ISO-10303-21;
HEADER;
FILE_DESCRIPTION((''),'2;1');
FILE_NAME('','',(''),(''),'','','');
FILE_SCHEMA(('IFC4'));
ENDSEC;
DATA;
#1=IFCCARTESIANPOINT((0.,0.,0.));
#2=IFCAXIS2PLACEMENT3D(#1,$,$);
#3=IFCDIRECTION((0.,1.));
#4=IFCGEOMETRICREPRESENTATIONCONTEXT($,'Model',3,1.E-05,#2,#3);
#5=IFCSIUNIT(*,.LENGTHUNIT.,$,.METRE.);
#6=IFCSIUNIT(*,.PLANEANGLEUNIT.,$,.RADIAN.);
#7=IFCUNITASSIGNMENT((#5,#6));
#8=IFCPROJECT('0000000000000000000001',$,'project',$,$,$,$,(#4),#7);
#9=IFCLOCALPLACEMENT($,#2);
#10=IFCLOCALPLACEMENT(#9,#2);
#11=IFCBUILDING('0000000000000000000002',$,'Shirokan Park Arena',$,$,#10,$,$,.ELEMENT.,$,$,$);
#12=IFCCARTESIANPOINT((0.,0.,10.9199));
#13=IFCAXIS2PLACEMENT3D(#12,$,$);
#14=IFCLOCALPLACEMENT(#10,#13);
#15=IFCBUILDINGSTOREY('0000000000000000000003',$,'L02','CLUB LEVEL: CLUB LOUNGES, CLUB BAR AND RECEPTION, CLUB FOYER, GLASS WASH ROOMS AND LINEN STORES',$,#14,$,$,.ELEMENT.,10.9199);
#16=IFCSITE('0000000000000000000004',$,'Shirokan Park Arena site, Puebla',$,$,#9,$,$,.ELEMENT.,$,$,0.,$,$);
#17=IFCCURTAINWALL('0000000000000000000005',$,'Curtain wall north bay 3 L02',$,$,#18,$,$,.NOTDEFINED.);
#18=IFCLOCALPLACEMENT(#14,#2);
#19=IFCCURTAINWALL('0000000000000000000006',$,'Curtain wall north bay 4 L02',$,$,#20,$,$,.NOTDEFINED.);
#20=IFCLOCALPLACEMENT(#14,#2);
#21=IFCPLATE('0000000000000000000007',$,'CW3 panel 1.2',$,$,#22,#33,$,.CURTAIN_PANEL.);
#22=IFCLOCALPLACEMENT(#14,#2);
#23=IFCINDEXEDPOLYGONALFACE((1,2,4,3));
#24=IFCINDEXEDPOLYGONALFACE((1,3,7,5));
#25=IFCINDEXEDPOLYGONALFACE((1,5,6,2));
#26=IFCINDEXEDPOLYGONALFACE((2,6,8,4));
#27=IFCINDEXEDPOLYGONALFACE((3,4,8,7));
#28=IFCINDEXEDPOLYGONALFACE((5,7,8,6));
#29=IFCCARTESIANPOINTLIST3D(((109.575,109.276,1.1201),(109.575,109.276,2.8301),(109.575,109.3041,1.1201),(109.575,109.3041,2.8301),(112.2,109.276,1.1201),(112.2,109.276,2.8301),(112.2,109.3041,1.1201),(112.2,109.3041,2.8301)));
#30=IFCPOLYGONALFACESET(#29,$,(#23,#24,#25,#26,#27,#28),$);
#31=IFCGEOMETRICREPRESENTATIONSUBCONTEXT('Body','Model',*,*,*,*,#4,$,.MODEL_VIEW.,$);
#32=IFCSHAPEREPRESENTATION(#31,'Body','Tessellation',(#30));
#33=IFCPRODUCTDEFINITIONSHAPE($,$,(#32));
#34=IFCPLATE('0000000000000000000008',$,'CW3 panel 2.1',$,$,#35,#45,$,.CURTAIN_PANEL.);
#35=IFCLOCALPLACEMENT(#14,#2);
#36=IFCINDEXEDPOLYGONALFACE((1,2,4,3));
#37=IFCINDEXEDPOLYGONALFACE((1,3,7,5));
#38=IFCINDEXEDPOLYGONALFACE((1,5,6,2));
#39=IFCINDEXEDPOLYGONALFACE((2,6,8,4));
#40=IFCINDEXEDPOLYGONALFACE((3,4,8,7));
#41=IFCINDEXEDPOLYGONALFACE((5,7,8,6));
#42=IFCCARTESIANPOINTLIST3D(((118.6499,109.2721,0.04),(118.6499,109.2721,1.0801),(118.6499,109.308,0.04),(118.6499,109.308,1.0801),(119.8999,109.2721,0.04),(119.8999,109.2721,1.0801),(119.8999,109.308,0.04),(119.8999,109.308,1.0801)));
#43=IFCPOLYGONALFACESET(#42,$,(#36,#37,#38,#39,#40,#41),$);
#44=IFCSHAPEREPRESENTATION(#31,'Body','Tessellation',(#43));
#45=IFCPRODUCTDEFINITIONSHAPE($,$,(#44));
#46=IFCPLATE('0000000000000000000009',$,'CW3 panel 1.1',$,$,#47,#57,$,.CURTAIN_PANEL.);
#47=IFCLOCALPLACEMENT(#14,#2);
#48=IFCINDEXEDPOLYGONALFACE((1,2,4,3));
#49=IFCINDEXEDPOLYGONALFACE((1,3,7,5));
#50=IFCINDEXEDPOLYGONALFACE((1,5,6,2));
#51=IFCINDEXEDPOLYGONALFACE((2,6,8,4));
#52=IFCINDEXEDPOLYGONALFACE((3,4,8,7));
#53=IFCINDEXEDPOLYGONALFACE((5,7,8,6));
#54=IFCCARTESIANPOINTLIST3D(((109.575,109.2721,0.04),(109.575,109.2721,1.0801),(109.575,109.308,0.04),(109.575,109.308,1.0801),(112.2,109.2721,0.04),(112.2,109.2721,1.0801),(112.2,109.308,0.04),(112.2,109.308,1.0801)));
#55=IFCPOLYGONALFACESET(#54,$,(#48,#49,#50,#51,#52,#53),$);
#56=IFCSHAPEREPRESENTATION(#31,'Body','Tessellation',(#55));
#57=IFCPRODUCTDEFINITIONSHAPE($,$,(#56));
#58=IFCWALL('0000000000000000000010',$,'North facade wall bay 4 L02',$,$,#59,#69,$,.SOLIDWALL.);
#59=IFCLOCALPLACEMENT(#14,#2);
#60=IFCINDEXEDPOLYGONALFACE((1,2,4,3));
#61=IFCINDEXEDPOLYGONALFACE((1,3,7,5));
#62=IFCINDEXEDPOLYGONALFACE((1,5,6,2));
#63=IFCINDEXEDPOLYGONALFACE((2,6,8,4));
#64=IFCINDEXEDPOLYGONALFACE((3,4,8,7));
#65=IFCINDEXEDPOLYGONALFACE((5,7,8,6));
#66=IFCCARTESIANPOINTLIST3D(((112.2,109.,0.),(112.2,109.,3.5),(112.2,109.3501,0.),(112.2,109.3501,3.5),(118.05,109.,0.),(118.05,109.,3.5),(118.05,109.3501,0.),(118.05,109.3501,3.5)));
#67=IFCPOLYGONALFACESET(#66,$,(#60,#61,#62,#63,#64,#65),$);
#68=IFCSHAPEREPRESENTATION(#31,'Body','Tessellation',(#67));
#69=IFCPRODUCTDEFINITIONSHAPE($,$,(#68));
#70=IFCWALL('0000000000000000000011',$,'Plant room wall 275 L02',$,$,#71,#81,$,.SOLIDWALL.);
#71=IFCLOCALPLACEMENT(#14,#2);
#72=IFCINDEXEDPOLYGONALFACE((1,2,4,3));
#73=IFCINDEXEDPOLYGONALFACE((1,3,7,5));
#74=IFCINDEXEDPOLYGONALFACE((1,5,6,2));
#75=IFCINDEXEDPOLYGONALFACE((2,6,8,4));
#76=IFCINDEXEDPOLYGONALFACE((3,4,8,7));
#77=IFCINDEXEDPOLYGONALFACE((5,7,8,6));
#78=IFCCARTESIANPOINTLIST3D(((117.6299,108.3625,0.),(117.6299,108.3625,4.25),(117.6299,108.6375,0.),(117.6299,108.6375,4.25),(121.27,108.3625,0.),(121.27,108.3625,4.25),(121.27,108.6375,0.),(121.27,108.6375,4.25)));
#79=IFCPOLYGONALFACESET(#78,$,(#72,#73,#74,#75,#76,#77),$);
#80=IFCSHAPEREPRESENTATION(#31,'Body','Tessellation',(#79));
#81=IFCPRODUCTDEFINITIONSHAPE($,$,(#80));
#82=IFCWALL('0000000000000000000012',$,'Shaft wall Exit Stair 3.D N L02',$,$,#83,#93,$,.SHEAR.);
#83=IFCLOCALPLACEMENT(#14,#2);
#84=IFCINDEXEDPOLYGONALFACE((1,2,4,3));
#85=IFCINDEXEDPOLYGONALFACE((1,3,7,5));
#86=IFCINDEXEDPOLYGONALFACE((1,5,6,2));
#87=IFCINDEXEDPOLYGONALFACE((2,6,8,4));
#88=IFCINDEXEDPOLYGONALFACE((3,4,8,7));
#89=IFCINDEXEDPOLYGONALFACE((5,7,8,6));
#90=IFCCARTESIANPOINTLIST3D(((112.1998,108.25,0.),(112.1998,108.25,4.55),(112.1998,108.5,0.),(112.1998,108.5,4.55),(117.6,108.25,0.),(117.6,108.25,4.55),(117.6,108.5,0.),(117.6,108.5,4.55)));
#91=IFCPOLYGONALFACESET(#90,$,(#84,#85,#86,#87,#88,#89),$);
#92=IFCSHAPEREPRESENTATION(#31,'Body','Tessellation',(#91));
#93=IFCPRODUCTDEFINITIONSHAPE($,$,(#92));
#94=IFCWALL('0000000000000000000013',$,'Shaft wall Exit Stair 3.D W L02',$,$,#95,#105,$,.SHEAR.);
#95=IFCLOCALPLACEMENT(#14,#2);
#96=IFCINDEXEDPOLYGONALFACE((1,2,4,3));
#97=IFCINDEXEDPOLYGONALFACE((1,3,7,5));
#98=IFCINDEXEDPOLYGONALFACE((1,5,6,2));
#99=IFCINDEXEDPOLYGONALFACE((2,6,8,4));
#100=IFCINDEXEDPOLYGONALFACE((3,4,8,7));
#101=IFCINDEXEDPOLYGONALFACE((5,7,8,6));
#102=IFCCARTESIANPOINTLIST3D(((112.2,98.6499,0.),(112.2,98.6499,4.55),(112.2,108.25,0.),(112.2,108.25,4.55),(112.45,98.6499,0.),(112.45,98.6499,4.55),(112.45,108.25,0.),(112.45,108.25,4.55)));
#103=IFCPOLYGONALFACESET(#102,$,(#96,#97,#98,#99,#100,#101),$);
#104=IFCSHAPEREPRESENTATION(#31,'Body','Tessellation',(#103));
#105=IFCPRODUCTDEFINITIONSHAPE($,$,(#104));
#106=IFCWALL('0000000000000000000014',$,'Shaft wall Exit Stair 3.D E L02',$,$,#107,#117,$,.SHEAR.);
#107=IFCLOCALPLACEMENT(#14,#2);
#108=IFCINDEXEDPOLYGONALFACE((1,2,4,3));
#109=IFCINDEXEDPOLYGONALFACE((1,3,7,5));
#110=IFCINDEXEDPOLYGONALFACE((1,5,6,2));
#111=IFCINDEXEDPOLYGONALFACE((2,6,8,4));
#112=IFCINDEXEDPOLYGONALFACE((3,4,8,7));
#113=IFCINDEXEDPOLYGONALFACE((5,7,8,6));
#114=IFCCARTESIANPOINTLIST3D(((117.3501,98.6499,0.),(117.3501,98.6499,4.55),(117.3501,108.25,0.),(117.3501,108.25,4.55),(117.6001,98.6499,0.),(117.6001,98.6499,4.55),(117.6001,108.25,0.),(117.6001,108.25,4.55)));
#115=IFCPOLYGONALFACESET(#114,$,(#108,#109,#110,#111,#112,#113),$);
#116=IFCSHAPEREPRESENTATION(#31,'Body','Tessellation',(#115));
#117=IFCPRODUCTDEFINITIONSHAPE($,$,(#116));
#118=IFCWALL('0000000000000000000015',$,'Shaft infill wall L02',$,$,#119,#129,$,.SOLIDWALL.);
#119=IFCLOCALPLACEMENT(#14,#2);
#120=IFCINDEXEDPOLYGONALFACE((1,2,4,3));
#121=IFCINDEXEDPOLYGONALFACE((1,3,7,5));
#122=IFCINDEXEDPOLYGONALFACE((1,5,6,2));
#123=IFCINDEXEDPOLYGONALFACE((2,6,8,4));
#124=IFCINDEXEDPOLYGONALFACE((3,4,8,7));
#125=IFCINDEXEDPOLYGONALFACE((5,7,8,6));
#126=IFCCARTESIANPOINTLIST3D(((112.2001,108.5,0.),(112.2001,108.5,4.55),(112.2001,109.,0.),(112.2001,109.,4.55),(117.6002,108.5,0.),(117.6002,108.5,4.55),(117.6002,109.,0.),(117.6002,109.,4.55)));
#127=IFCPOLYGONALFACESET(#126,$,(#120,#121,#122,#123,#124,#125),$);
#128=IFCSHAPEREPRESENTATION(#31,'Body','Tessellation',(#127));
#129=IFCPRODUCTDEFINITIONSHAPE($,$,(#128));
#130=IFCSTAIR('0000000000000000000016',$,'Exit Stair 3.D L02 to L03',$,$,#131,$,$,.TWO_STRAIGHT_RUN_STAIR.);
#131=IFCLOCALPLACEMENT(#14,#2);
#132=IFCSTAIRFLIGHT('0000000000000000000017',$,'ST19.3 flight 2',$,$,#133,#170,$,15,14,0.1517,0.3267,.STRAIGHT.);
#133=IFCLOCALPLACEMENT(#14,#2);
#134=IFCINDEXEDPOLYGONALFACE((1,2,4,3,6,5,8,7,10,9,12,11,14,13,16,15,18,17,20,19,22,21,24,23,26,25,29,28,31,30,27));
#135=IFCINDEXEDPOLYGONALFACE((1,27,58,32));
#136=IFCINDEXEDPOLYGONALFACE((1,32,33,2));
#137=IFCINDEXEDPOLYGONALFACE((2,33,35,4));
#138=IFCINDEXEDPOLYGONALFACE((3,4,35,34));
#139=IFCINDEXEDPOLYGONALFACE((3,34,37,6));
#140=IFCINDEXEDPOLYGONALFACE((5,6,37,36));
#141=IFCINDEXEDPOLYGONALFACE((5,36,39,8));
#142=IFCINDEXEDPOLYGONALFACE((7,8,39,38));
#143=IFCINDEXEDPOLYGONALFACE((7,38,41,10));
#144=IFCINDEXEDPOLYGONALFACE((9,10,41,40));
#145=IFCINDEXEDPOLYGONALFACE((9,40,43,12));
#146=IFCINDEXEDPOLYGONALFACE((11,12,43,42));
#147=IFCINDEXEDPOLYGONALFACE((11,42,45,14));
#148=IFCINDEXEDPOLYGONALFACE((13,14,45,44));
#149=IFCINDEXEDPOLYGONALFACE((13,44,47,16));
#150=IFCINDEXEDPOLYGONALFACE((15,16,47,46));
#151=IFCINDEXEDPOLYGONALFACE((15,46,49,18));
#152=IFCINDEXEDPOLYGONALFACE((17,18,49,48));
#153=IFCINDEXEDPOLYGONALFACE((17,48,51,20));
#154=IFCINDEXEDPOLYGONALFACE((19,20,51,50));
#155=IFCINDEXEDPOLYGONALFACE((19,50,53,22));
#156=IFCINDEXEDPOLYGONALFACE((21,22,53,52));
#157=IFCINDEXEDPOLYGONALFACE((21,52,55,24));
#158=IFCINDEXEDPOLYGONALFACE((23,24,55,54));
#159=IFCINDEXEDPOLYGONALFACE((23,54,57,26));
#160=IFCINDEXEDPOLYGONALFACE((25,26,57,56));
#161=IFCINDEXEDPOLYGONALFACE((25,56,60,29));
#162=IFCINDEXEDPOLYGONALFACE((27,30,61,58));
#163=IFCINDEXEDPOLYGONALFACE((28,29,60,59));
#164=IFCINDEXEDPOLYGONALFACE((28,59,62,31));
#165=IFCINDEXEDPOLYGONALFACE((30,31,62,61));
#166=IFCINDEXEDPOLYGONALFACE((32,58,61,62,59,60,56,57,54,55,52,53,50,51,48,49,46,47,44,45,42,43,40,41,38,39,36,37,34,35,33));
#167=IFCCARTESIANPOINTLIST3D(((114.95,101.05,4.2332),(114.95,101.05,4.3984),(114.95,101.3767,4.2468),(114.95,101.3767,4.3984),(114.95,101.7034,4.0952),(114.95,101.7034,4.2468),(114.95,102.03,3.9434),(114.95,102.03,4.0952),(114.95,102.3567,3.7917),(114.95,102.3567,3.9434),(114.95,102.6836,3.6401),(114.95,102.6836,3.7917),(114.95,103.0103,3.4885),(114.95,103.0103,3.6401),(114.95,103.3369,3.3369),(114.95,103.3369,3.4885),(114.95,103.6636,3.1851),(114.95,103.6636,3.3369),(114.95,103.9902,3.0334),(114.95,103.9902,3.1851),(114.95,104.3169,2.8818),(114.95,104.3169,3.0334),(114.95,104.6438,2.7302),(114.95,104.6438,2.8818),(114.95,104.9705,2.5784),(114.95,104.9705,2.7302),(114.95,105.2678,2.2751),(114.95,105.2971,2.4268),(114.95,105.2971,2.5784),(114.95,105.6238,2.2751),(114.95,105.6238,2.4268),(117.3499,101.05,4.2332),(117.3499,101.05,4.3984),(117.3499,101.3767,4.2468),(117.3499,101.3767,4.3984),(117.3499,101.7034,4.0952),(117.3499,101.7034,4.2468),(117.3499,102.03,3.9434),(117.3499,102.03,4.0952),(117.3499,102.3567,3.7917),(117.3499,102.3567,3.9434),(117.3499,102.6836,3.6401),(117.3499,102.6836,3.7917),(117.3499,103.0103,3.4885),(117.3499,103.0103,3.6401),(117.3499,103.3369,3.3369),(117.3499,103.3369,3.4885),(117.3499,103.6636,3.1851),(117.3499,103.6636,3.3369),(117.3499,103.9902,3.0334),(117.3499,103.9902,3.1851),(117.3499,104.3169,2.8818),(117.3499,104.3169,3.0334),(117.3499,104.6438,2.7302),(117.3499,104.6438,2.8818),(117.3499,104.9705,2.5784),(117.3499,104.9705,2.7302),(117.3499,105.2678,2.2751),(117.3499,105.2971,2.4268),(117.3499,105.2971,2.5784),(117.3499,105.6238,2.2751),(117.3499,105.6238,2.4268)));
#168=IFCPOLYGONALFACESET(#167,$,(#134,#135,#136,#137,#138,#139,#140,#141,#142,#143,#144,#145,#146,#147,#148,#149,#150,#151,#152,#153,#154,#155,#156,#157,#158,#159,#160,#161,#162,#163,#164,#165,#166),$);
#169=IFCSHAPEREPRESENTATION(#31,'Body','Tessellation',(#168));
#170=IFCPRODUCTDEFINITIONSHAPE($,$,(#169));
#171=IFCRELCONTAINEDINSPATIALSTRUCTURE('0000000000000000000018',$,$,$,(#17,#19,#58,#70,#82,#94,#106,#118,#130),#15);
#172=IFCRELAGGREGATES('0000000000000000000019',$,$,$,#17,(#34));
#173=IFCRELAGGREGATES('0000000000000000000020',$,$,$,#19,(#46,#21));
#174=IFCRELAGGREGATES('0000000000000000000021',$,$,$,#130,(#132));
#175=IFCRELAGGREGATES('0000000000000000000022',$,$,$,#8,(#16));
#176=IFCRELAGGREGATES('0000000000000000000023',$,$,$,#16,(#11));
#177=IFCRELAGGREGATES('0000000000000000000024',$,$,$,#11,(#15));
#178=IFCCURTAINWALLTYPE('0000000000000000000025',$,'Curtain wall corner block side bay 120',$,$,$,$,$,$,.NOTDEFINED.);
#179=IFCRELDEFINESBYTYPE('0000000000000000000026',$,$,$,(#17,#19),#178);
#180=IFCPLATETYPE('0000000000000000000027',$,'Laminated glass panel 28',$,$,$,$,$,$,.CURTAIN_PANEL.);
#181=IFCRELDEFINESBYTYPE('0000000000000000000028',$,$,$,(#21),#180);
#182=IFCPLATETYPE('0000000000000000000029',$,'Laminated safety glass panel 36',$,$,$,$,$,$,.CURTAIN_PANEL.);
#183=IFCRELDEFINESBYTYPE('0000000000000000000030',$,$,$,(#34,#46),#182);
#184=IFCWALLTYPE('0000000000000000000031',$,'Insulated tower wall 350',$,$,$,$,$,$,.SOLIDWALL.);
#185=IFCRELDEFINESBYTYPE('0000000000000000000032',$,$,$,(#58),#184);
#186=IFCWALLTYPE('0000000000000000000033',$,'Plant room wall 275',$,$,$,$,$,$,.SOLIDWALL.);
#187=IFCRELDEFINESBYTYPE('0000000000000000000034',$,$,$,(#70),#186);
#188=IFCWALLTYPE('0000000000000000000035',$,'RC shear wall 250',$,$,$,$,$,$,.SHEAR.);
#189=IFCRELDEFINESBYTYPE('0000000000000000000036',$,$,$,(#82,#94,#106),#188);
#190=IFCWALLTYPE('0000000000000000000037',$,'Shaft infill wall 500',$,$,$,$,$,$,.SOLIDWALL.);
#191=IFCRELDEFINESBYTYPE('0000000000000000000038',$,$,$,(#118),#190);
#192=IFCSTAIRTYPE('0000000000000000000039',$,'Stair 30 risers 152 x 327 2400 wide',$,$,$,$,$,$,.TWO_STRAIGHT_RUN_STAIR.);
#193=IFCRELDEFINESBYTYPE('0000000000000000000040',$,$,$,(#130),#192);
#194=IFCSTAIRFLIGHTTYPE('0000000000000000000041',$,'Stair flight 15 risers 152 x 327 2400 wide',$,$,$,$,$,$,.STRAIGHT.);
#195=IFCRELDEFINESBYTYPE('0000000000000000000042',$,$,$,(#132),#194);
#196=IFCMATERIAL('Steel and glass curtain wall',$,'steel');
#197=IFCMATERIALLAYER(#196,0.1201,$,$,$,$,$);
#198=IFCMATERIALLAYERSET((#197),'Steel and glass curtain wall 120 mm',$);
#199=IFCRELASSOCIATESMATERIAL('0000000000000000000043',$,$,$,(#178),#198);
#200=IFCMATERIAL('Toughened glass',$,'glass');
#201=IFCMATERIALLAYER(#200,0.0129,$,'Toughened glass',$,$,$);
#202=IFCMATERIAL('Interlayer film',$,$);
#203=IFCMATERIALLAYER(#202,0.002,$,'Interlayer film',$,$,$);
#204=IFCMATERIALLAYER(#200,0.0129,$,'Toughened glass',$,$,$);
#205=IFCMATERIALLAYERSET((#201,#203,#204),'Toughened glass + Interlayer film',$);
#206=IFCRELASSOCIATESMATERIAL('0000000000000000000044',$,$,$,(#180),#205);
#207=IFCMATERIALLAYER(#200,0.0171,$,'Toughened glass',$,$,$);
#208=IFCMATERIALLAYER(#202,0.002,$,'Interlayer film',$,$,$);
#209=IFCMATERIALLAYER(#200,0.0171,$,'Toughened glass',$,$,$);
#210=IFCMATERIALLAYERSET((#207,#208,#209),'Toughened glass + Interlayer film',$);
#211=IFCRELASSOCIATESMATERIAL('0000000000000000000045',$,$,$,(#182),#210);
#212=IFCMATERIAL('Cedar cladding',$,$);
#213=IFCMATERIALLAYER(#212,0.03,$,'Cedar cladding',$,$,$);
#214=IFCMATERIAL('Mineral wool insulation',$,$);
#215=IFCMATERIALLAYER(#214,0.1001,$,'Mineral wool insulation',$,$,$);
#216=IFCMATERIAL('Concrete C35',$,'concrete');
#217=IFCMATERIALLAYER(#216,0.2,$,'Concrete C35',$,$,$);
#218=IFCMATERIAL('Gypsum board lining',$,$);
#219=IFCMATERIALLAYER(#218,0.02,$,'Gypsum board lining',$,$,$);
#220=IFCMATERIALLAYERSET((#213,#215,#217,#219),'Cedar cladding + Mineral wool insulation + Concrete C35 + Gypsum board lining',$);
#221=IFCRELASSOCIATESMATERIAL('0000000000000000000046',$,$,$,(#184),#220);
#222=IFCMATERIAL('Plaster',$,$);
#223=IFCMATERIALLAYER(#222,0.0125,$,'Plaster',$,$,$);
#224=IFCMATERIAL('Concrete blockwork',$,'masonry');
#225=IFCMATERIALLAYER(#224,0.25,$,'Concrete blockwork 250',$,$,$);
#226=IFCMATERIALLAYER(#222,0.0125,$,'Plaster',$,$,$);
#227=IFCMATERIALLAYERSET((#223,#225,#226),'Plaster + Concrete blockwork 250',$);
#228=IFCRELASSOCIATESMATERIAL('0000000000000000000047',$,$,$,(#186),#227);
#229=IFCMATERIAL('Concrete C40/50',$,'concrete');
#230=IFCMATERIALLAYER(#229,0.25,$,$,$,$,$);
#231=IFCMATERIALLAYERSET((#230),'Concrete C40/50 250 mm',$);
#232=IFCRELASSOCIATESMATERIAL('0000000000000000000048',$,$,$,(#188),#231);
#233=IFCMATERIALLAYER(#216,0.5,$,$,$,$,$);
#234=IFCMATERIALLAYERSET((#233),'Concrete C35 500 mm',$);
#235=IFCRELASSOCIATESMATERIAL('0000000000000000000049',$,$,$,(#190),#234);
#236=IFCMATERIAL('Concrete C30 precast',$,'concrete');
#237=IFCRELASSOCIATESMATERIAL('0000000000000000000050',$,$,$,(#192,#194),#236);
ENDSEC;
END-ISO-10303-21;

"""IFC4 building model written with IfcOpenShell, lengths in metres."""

from ifc_helpers import new_model, si_unit, direction, frame, frame_2d, origin, origin_2d, place, context, subcontext, project, spatial, polyline, rectangle, outline, extrude, material, layer, layer_set, type_object, element, aggregate, save


model = new_model("IFC4")

# Units and contexts
model_context = context("Model", 3, precision=1e-05, world=origin(), true_north=direction((0.0, 1.0)))
body_context = subcontext(model_context, "Body", "Model", "MODEL_VIEW")
ifc_project = project(units=[si_unit("LENGTHUNIT", "METRE"), si_unit("PLANEANGLEUNIT", "RADIAN")], contexts=[model_context])

# Site, building, storey
site_placement = place(None, origin())
site = spatial("IfcSite", under=ifc_project, at=site_placement, Name="Shirokan Park Arena site, Puebla", CompositionType="ELEMENT", RefElevation=0.0)
building_placement = place(site_placement, origin())
building = spatial("IfcBuilding", under=site, at=building_placement, Name="Shirokan Park Arena", CompositionType="ELEMENT")
storey_placement = place(building_placement, frame((0.0, 0.0, 10.9199)))
storey = spatial("IfcBuildingStorey", under=building, at=storey_placement, Name="L02", Description="CLUB LEVEL: CLUB LOUNGES, CLUB BAR AND RECEPTION, CLUB FOYER, GLASS WASH ROOMS AND LINEN STORES", CompositionType="ELEMENT", Elevation=10.9199)

# Shared definitions
ifc_material_1 = material(Name="Concrete C35", Category="concrete")

# Curtain walls
ifc_material_2 = material(Name="Steel and glass curtain wall", Category="steel")
ifc_layer_1 = layer(ifc_material_2, 0.1201)
ifc_layer_set_1 = layer_set([ifc_layer_1], Name="Steel and glass curtain wall 120 mm")
curtain_wall_type = type_object("IfcCurtainWallType", Name="Curtain wall corner block side bay 120", PredefinedType="NOTDEFINED", material=ifc_layer_set_1)
curtain_wall_1_placement = place(storey_placement, origin())
curtain_wall_1 = element("IfcCurtainWall", 1, at=curtain_wall_1_placement, inside=storey, type_object=curtain_wall_type, Name="Curtain wall north bay 3 L02", PredefinedType="NOTDEFINED")
curtain_wall_2_placement = place(storey_placement, origin())
curtain_wall_2 = element("IfcCurtainWall", 2, at=curtain_wall_2_placement, inside=storey, type_object=curtain_wall_type, Name="Curtain wall north bay 4 L02", PredefinedType="NOTDEFINED")

# Plates
ifc_material_3 = material(Name="Mineral wool insulation")
ifc_material_4 = material(Name="Toughened glass", Category="glass")
ifc_layer_2 = layer(ifc_material_4, 0.0129, Name="Toughened glass")
ifc_material_5 = material(Name="Interlayer film")
ifc_layer_3 = layer(ifc_material_5, 0.002, Name="Interlayer film")
ifc_layer_4 = layer(ifc_material_4, 0.0129, Name="Toughened glass")
ifc_layer_set_2 = layer_set([ifc_layer_2, ifc_layer_3, ifc_layer_4], Name="Toughened glass + Interlayer film")
plate_type_1 = type_object("IfcPlateType", Name="Laminated glass panel 28", PredefinedType="CURTAIN_PANEL", material=ifc_layer_set_2)
plate_1_placement = place(storey_placement, frame((110.8875, 109.29, 1.1201), z_axis=(0.0, 0.0, 1.0), x_axis=(-1.0, 0.0, 0.0)))
plate_1 = element("IfcPlate", 3, at=plate_1_placement, type_object=plate_type_1, Name="CW3 panel 1.2", PredefinedType="CURTAIN_PANEL", context=body_context, shape_type="SweptSolid", body=[
    extrude(rectangle(XDim=2.625, YDim=0.0281, at=origin_2d()), origin(), (0.0, 0.0, 1.0), 1.71),
])
ifc_layer_5 = layer(ifc_material_4, 0.0171, Name="Toughened glass")
ifc_layer_6 = layer(ifc_material_5, 0.002, Name="Interlayer film")
ifc_layer_7 = layer(ifc_material_4, 0.0171, Name="Toughened glass")
ifc_layer_set_3 = layer_set([ifc_layer_5, ifc_layer_6, ifc_layer_7], Name="Toughened glass + Interlayer film")
plate_type_2 = type_object("IfcPlateType", Name="Laminated safety glass panel 36", PredefinedType="CURTAIN_PANEL", material=ifc_layer_set_3)
plate_2_placement = place(storey_placement, frame((119.2749, 109.29, 0.04), z_axis=(0.0, 0.0, 1.0), x_axis=(-1.0, 0.0, 0.0)))
plate_2 = element("IfcPlate", 4, at=plate_2_placement, type_object=plate_type_2, Name="CW3 panel 2.1", PredefinedType="CURTAIN_PANEL", context=body_context, shape_type="SweptSolid", body=[
    extrude(rectangle(XDim=1.25, YDim=0.0359, at=origin_2d()), origin(), (0.0, 0.0, 1.0), 1.04),
])
aggregate(curtain_wall_1, [plate_2])
plate_3_placement = place(storey_placement, frame((110.8875, 109.29, 0.04), z_axis=(0.0, 0.0, 1.0), x_axis=(-1.0, 0.0, 0.0)))
plate_3 = element("IfcPlate", 5, at=plate_3_placement, type_object=plate_type_2, Name="CW3 panel 1.1", PredefinedType="CURTAIN_PANEL", context=body_context, shape_type="SweptSolid", body=[
    extrude(rectangle(XDim=2.625, YDim=0.0359, at=origin_2d()), origin(), (0.0, 0.0, 1.0), 1.04),
])
aggregate(curtain_wall_2, [plate_3, plate_1])

# Walls
ifc_material_6 = material(Name="Cedar cladding")
ifc_layer_8 = layer(ifc_material_6, 0.03, Name="Cedar cladding")
ifc_layer_9 = layer(ifc_material_3, 0.1001, Name="Mineral wool insulation")
ifc_layer_10 = layer(ifc_material_1, 0.2, Name="Concrete C35")
ifc_material_7 = material(Name="Gypsum board lining")
ifc_layer_11 = layer(ifc_material_7, 0.02, Name="Gypsum board lining")
ifc_layer_set_4 = layer_set([ifc_layer_8, ifc_layer_9, ifc_layer_10, ifc_layer_11], Name="Cedar cladding + Mineral wool insulation + Concrete C35 + Gypsum board lining")
wall_type_1 = type_object("IfcWallType", Name="Insulated tower wall 350", PredefinedType="SOLIDWALL", material=ifc_layer_set_4)
wall_1_placement = place(storey_placement, frame((118.05, 109.175, 0.0), z_axis=(0.0, 0.0, 1.0), x_axis=(-1.0, 0.0, 0.0)))
element("IfcWall", 6, at=wall_1_placement, inside=storey, type_object=wall_type_1, Name="North facade wall bay 4 L02", PredefinedType="SOLIDWALL", context=body_context, shape_type="SweptSolid", body=[
    extrude(rectangle(XDim=5.8501, YDim=0.3501, at=frame_2d((2.925, 0.0))), origin(), (0.0, 0.0, 1.0), 3.5),
])
ifc_material_8 = material(Name="Plaster")
ifc_layer_12 = layer(ifc_material_8, 0.0125, Name="Plaster")
ifc_material_9 = material(Name="Concrete blockwork", Category="masonry")
ifc_layer_13 = layer(ifc_material_9, 0.25, Name="Concrete blockwork 250")
ifc_layer_14 = layer(ifc_material_8, 0.0125, Name="Plaster")
ifc_layer_set_5 = layer_set([ifc_layer_12, ifc_layer_13, ifc_layer_14], Name="Plaster + Concrete blockwork 250")
wall_type_2 = type_object("IfcWallType", Name="Plant room wall 275", PredefinedType="SOLIDWALL", material=ifc_layer_set_5)
wall_2_placement = place(storey_placement, frame((117.6299, 108.5, 0.0), z_axis=(0.0, 0.0, 1.0), x_axis=(1.0, 0.0, 0.0)))
element("IfcWall", 7, at=wall_2_placement, inside=storey, type_object=wall_type_2, Name="Plant room wall 275 L02", PredefinedType="SOLIDWALL", context=body_context, shape_type="SweptSolid", body=[
    extrude(rectangle(XDim=3.6401, YDim=0.2749, at=frame_2d((1.8201, 0.0))), origin(), (0.0, 0.0, 1.0), 4.25),
])
ifc_material_10 = material(Name="Concrete C40/50", Category="concrete")
ifc_layer_15 = layer(ifc_material_10, 0.25)
ifc_layer_set_6 = layer_set([ifc_layer_15], Name="Concrete C40/50 250 mm")
wall_type_3 = type_object("IfcWallType", Name="RC shear wall 250", PredefinedType="SHEAR", material=ifc_layer_set_6)
wall_3_placement = place(storey_placement, frame((117.6001, 108.375, 0.0), z_axis=(0.0, 0.0, 1.0), x_axis=(-1.0, 0.0, 0.0)))
element("IfcWall", 8, at=wall_3_placement, inside=storey, type_object=wall_type_3, Name="Shaft wall Exit Stair 3.D N L02", PredefinedType="SHEAR", context=body_context, shape_type="SweptSolid", body=[
    extrude(rectangle(XDim=5.4001, YDim=0.25, at=frame_2d((2.7002, 0.0))), origin(), (0.0, 0.0, 1.0), 4.55),
])
for number, where, z_axis, x_axis, name in (
    (9, (112.325, 108.25, 0.0), (0.0, 0.0, 1.0), (0.0, -1.0, 0.0), "Shaft wall Exit Stair 3.D W L02"),
    (10, (117.4751, 108.25, 0.0), (0.0, 0.0, 1.0), (0.0, -1.0, 0.0), "Shaft wall Exit Stair 3.D E L02"),
):
    element("IfcWall", number, at=place(storey_placement, frame(where, z_axis=z_axis, x_axis=x_axis)), inside=storey, type_object=wall_type_3, Name=name, PredefinedType="SHEAR", context=body_context, shape_type="SweptSolid", body=[
        extrude(rectangle(XDim=9.6001, YDim=0.25, at=frame_2d((4.8, 0.0))), origin(), (0.0, 0.0, 1.0), 4.55),
    ])
ifc_layer_16 = layer(ifc_material_1, 0.5)
ifc_layer_set_7 = layer_set([ifc_layer_16], Name="Concrete C35 500 mm")
wall_type_4 = type_object("IfcWallType", Name="Shaft infill wall 500", PredefinedType="SOLIDWALL", material=ifc_layer_set_7)
wall_4_placement = place(storey_placement, frame((112.2, 108.75, 0.0), z_axis=(0.0, 0.0, 1.0), x_axis=(1.0, 0.0, 0.0)))
element("IfcWall", 11, at=wall_4_placement, inside=storey, type_object=wall_type_4, Name="Shaft infill wall L02", PredefinedType="SOLIDWALL", context=body_context, shape_type="SweptSolid", body=[
    extrude(rectangle(XDim=5.4001, YDim=0.5, at=frame_2d((2.7002, 0.0))), origin(), (0.0, 0.0, 1.0), 4.55),
])

# Stair, stair flight
ifc_material_11 = material(Name="Concrete C30 precast", Category="concrete")
stair_type = type_object("IfcStairType", Name="Stair 30 risers 152 x 327 2400 wide", PredefinedType="TWO_STRAIGHT_RUN_STAIR", material=ifc_material_11)
stair_placement = place(storey_placement, origin())
stair = element("IfcStair", 12, at=stair_placement, inside=storey, type_object=stair_type, Name="Exit Stair 3.D L02 to L03", PredefinedType="TWO_STRAIGHT_RUN_STAIR")
stair_flight_type = type_object("IfcStairFlightType", Name="Stair flight 15 risers 152 x 327 2400 wide", PredefinedType="STRAIGHT", material=ifc_material_11)
stair_flight_placement = place(storey_placement, frame((116.1499, 105.6238, 2.2751), z_axis=(0.0, 0.0, 1.0), x_axis=(0.0, -1.0, 0.0)))
stair_flight = element("IfcStairFlight", 13, at=stair_flight_placement, type_object=stair_flight_type, Name="ST19.3 flight 2", NumberOfRisers=15, NumberOfTreads=14, PredefinedType="STRAIGHT", RiserHeight=0.1517, TreadLength=0.3267, context=body_context, shape_type="SweptSolid", body=[
    extrude(outline(polyline([(0.0, 0.0), (0.0, 0.1516), (0.3267, 0.1516), (0.3267, 0.3032), (0.6533, 0.3032), (0.6533, 0.4551), (0.98, 0.4551), (0.98, 0.6067), (1.3069, 0.6067), (1.3069, 0.7583), (1.6335, 0.7583), (1.6335, 0.9099), (1.9602, 0.9099), (1.9602, 1.0618), (2.2869, 1.0618), (2.2869, 1.2134), (2.6135, 1.2134), (2.6135, 1.365), (2.9402, 1.365), (2.9402, 1.5166), (3.2671, 1.5166), (3.2671, 1.6682), (3.5938, 1.6682), (3.5938, 1.8201), (3.9204, 1.8201), (3.9204, 1.9717), (4.2471, 1.9717), (4.2471, 2.1233), (4.5737, 2.1233), (4.5737, 2.2749), (4.5737, 1.958), (0.356, 0.0), (0.0, 0.0)])), frame((0.0, 1.2, 0.0), z_axis=(0.0, -1.0, 0.0), x_axis=(1.0, 0.0, 0.0)), (0.0, 0.0, 1.0), 2.3999),
])
aggregate(stair, [stair_flight])

save(model, "model.ifc")
